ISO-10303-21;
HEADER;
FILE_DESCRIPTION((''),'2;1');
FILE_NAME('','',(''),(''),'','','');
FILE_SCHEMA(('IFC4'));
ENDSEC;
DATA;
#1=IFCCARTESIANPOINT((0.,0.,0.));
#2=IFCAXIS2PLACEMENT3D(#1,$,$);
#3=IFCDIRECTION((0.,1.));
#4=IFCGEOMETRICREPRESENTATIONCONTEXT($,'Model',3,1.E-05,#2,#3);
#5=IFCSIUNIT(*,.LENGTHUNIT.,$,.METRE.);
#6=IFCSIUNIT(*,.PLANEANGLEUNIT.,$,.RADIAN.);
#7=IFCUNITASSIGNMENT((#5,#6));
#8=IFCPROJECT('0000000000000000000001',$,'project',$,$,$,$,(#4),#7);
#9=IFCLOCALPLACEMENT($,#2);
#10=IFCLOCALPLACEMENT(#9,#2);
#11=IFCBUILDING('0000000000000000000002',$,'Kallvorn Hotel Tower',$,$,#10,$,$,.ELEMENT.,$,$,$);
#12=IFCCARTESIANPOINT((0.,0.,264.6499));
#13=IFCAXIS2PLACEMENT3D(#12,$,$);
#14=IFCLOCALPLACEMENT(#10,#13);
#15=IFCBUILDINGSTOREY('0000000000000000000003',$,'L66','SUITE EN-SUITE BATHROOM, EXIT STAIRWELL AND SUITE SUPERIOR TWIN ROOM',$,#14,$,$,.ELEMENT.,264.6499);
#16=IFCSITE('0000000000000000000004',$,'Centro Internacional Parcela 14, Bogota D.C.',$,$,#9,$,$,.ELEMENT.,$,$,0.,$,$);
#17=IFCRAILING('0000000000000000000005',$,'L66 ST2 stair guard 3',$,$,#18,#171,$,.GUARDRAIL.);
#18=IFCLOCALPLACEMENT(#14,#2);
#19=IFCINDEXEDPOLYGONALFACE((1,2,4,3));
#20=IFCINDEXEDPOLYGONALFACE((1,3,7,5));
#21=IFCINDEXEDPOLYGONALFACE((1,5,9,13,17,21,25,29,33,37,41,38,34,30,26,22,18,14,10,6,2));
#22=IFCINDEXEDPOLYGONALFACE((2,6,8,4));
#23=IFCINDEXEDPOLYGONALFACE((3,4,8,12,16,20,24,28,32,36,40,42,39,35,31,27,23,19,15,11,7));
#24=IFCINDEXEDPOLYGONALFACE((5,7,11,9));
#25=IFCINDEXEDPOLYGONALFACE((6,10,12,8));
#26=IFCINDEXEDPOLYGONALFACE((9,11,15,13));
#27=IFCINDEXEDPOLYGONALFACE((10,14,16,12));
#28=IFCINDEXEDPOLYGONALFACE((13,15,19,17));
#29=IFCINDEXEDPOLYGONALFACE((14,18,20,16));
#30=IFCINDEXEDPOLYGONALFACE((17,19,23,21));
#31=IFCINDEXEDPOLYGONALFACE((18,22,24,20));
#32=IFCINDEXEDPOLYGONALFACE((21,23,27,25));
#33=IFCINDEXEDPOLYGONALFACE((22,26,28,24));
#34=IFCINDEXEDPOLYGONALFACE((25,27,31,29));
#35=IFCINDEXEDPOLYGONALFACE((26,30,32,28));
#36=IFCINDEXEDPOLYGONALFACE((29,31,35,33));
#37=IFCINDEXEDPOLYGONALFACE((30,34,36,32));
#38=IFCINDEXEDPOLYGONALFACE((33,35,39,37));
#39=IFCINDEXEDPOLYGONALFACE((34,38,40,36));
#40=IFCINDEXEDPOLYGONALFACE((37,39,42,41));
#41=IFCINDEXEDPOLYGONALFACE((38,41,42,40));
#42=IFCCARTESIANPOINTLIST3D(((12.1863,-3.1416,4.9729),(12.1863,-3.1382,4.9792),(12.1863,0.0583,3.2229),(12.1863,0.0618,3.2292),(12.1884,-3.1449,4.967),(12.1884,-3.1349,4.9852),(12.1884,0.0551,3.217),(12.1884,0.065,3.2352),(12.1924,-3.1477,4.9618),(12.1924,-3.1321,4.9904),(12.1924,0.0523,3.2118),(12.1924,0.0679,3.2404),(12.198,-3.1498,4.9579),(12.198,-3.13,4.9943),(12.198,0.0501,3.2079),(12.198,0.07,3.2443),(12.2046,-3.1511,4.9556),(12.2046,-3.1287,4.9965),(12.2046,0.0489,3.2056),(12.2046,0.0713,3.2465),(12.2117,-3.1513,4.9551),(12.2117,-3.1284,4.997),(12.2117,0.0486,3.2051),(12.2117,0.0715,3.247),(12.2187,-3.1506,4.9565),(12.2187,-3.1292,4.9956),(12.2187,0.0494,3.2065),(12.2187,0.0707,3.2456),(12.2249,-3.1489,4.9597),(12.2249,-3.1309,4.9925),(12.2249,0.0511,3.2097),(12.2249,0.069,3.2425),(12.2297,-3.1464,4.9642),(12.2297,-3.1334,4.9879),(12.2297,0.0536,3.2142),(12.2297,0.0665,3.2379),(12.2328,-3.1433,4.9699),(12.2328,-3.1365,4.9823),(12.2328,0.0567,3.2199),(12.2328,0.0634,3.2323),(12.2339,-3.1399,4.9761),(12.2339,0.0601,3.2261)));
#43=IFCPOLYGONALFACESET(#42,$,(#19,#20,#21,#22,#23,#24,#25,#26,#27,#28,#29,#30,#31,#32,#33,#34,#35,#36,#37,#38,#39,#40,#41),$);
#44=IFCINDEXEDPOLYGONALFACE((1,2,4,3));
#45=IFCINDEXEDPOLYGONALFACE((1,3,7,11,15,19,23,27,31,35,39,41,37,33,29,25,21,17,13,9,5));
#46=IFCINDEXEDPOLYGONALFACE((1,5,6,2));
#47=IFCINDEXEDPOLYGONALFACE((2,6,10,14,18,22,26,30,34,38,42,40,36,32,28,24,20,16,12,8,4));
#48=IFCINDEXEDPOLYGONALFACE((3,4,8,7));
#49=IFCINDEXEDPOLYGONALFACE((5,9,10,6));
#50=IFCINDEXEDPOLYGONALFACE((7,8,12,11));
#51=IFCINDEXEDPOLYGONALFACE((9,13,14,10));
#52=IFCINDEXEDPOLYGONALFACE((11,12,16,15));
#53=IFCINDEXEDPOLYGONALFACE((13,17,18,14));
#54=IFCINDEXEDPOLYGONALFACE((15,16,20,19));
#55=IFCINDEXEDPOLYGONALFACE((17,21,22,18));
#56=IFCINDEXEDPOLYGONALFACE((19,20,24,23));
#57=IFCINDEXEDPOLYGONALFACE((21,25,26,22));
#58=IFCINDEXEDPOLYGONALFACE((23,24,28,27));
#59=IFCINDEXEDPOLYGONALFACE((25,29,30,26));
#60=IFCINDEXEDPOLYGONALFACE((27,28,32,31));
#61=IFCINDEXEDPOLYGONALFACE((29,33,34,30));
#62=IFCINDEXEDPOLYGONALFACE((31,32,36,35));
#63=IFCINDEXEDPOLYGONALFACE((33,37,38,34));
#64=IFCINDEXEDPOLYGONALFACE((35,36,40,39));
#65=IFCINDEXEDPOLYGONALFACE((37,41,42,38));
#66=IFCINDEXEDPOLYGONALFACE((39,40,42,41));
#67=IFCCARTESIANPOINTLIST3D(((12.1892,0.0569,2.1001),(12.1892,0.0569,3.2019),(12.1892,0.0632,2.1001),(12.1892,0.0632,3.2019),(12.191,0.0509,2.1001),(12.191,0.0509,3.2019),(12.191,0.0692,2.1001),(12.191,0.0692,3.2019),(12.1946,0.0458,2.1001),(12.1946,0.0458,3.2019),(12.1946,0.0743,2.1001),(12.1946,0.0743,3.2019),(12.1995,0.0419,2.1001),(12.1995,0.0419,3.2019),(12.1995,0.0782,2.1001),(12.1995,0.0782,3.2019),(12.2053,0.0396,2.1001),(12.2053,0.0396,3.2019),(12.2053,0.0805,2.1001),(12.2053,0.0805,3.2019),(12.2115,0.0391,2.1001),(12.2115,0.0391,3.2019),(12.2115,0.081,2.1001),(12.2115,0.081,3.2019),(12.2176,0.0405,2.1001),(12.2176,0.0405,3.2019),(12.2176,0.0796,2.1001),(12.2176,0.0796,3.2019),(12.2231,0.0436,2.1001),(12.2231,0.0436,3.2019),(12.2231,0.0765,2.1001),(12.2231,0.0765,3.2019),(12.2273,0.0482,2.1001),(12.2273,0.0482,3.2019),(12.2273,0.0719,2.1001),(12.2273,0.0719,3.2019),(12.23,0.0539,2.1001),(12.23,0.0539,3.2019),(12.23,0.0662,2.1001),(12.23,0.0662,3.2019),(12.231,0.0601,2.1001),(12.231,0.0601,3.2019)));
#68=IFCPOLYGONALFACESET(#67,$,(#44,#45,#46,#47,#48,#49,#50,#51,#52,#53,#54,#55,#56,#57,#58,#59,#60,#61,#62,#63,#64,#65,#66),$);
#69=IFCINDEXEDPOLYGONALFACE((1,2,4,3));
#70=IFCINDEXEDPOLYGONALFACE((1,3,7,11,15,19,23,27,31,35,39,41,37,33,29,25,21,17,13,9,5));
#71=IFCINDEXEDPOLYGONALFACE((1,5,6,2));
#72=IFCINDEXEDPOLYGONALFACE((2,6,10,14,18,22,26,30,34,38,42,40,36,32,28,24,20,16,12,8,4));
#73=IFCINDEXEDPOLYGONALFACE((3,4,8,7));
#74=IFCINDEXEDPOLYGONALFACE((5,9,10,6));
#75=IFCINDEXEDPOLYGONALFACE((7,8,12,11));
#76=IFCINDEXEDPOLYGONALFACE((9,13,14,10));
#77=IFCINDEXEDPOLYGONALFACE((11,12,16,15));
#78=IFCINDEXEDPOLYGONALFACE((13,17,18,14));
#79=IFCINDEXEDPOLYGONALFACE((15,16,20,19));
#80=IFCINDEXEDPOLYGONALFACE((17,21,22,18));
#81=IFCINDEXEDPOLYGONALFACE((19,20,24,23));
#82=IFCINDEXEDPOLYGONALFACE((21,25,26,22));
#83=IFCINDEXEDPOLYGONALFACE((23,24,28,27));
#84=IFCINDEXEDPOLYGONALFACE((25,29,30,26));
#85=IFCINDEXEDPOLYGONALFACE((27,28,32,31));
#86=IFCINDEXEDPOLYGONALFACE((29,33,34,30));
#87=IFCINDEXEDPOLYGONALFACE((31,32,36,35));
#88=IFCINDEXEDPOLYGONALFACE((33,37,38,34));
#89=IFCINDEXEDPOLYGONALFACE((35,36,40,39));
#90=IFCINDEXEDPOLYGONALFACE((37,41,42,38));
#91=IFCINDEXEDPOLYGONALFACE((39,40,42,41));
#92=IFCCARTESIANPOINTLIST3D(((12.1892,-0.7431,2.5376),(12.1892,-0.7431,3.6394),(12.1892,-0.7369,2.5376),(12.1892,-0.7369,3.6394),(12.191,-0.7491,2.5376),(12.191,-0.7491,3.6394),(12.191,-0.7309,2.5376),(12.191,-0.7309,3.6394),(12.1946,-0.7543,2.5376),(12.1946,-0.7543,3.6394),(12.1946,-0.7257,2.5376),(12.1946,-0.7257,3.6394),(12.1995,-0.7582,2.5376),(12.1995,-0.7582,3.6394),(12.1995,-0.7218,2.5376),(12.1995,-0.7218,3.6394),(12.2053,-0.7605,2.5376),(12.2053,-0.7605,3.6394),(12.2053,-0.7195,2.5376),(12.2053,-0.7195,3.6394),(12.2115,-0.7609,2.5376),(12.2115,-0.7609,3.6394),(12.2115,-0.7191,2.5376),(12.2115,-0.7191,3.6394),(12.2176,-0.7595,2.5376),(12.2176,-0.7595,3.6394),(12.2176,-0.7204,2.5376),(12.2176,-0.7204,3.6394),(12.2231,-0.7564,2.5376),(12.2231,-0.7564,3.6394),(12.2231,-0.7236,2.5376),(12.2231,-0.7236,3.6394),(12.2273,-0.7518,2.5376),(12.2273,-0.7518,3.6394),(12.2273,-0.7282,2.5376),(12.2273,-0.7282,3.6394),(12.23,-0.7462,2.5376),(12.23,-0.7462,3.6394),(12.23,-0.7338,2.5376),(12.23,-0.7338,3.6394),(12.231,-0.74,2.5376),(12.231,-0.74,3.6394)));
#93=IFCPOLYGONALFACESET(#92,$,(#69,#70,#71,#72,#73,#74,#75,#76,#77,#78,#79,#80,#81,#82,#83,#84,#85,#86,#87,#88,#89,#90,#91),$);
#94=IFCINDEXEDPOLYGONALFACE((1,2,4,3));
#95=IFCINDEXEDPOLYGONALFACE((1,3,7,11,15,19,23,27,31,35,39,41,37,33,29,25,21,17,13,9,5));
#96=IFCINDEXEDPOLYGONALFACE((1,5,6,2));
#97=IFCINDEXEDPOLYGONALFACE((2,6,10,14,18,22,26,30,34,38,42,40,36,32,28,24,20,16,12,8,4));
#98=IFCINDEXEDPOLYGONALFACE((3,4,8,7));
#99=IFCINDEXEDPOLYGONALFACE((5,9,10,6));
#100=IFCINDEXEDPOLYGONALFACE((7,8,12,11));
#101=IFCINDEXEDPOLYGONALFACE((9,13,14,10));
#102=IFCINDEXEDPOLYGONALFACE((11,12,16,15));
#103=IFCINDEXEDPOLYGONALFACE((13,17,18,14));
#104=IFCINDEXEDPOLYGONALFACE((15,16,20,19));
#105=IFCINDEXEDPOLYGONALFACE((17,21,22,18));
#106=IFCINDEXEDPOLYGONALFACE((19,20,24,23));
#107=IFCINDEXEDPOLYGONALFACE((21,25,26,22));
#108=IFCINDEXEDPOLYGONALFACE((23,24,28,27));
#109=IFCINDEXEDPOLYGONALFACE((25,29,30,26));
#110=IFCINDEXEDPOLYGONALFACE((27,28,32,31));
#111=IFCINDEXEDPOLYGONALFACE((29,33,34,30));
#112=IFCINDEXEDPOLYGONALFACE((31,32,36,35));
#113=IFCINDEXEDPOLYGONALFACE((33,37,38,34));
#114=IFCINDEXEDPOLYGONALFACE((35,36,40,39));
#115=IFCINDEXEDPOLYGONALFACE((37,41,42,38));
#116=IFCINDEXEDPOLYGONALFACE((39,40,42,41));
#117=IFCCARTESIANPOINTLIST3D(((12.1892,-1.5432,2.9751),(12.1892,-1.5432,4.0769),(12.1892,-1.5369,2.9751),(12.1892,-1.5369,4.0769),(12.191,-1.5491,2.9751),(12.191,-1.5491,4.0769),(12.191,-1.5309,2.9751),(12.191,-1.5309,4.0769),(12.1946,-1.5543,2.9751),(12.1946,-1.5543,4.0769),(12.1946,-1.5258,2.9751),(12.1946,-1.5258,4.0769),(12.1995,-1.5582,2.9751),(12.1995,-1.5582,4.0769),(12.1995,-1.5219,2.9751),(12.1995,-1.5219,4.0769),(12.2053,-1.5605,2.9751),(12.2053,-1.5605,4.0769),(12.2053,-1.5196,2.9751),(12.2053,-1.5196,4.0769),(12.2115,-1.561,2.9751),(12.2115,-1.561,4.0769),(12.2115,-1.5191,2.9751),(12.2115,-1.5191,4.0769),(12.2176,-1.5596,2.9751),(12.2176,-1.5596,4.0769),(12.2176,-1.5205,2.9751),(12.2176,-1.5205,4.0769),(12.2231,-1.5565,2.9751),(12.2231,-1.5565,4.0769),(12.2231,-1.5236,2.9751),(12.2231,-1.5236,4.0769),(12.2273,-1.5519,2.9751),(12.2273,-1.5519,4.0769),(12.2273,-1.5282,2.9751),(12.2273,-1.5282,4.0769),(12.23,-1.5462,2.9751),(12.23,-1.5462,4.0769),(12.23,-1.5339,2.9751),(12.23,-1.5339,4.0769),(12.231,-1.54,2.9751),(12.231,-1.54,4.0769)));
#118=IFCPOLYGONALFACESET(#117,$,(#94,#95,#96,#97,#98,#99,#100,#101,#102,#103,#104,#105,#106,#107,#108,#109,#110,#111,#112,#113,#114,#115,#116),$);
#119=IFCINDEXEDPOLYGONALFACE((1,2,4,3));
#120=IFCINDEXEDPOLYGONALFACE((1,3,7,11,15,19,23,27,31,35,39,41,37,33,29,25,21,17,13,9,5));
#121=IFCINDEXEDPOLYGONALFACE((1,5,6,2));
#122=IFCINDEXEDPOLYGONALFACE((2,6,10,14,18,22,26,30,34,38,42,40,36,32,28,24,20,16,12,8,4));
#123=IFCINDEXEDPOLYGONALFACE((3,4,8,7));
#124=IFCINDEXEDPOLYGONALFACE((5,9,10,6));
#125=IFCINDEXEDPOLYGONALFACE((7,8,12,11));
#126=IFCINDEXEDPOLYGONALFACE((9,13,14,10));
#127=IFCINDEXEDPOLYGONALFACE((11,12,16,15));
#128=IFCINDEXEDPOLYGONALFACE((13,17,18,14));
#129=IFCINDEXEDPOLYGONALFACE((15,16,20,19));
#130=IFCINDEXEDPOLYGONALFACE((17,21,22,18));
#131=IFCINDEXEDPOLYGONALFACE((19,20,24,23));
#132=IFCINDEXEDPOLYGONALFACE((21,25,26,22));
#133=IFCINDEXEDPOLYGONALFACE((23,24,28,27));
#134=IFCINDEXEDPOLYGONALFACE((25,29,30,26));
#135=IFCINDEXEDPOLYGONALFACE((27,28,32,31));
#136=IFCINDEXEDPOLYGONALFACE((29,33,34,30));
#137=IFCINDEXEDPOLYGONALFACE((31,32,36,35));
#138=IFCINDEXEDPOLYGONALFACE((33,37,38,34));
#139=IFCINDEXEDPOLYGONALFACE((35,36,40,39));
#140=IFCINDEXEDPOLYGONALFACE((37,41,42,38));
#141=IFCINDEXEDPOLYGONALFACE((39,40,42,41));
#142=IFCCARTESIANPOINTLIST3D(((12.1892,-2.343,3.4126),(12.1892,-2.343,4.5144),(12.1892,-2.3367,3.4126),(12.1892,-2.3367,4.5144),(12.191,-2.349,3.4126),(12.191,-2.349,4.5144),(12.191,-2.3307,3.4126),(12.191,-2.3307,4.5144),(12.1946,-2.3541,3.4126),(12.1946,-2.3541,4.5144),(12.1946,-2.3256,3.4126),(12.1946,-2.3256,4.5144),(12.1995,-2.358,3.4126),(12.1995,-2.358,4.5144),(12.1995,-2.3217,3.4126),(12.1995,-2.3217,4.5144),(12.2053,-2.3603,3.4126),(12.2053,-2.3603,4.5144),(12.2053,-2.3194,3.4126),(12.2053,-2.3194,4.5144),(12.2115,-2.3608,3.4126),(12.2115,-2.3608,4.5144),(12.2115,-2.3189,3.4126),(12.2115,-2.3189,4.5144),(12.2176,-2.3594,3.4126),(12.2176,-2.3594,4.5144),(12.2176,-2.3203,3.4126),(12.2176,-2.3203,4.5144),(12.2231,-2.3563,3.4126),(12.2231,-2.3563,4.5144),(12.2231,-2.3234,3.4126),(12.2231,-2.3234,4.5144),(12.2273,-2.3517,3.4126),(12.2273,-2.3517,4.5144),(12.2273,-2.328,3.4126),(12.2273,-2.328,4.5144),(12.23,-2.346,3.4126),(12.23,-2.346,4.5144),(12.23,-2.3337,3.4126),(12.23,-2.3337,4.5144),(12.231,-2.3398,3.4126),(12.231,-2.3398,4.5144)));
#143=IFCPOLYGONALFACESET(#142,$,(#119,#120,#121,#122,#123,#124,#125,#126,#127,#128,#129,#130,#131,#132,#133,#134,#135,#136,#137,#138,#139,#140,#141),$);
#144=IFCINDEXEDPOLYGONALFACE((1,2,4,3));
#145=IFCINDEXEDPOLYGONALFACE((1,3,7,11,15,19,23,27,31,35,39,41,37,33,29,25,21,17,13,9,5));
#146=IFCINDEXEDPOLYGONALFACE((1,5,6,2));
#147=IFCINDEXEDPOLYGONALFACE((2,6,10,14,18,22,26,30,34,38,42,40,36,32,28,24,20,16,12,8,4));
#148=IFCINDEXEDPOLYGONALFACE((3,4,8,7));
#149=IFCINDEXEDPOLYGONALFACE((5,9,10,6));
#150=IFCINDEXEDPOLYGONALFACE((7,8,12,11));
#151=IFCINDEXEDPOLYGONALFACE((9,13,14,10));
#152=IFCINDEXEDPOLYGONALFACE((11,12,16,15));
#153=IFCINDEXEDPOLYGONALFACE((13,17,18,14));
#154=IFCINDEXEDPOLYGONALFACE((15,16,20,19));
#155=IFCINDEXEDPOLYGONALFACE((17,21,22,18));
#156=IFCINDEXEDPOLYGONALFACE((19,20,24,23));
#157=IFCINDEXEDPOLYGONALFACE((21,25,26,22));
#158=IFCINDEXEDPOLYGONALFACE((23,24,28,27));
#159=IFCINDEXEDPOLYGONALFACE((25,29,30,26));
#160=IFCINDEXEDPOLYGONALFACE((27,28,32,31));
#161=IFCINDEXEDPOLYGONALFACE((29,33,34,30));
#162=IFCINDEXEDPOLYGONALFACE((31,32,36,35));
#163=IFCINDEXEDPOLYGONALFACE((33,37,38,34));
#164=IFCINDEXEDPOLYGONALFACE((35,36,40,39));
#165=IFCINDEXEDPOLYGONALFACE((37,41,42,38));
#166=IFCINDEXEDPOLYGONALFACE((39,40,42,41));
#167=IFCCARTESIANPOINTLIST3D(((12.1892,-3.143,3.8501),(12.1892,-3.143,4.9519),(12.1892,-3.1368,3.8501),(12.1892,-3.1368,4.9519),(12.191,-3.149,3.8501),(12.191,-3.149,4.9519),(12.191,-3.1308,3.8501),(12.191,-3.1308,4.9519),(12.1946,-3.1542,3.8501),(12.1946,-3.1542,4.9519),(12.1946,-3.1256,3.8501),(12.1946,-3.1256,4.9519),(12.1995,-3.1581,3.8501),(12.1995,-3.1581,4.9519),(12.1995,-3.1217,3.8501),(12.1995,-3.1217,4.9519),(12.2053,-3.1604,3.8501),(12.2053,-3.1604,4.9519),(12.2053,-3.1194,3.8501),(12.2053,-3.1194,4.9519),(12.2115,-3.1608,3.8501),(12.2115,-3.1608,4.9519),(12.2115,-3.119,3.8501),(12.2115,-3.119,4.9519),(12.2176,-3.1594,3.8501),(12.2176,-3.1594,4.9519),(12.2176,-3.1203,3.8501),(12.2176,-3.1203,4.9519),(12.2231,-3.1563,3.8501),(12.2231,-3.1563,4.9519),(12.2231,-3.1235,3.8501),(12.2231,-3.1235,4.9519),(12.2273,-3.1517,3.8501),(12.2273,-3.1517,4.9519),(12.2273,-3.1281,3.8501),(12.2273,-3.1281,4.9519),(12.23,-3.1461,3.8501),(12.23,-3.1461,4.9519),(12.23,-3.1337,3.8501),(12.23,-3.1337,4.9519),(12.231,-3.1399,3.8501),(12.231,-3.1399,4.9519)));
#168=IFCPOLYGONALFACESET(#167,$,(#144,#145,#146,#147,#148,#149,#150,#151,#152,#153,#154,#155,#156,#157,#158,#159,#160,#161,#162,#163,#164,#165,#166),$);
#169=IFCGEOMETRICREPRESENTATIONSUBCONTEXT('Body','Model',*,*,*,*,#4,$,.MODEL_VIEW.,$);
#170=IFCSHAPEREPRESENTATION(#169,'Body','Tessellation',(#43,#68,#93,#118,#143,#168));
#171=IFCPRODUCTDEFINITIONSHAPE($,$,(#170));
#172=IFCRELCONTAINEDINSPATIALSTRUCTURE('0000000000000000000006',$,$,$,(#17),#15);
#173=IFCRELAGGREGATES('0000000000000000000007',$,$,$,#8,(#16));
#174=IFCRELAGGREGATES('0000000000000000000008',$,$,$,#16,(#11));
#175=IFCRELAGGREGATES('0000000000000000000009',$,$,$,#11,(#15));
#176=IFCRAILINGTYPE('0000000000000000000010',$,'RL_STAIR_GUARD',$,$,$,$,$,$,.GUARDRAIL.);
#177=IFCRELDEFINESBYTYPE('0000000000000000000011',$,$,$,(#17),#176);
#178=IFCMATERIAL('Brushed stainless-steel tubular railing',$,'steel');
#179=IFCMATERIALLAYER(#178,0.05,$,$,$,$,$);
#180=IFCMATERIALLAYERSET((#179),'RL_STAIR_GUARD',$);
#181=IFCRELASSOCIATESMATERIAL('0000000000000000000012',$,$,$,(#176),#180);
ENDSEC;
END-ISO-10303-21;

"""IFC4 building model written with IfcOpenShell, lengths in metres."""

from ifc_helpers import new_model, si_unit, direction, frame, origin, origin_2d, place, context, subcontext, project, spatial, circle, extrude, material, layer, layer_set, type_object, element, save


model = new_model("IFC4")

# Units and contexts
model_context = context("Model", 3, precision=1e-05, world=origin(), true_north=direction((0.0, 1.0)))
body_context = subcontext(model_context, "Body", "Model", "MODEL_VIEW")
ifc_project = project(units=[si_unit("LENGTHUNIT", "METRE"), si_unit("PLANEANGLEUNIT", "RADIAN")], contexts=[model_context])

# Site, building, storey
site_placement = place(None, origin())
site = spatial("IfcSite", under=ifc_project, at=site_placement, Name="Centro Internacional Parcela 14, Bogota D.C.", CompositionType="ELEMENT", RefElevation=0.0)
building_placement = place(site_placement, origin())
building = spatial("IfcBuilding", under=site, at=building_placement, Name="Kallvorn Hotel Tower", CompositionType="ELEMENT")
storey_placement = place(building_placement, frame((0.0, 0.0, 264.6499)))
storey = spatial("IfcBuildingStorey", under=building, at=storey_placement, Name="L66", Description="SUITE EN-SUITE BATHROOM, EXIT STAIRWELL AND SUITE SUPERIOR TWIN ROOM", CompositionType="ELEMENT", Elevation=264.6499)

# Railing
ifc_material_1 = material(Name="Brushed stainless-steel tubular railing", Category="steel")
ifc_layer_1 = layer(ifc_material_1, 0.05)
ifc_layer_set_1 = layer_set([ifc_layer_1], Name="RL_STAIR_GUARD")
railing_type_1 = type_object("IfcRailingType", Name="RL_STAIR_GUARD", PredefinedType="GUARDRAIL", material=ifc_layer_set_1)
railing_1_placement = place(storey_placement, frame((12.21, 0.0601, 2.1001)))
element("IfcRailing", 1, at=railing_1_placement, inside=storey, type_object=railing_type_1, Name="L66 ST2 stair guard 3", PredefinedType="GUARDRAIL", context=body_context, shape_type="SweptSolid", body=[
    extrude(circle(Radius=0.0239, at=origin_2d()), frame((0.0, 0.0, 1.126), z_axis=(0.0, -0.877368, 0.479818), x_axis=(1.0, 0.0, 0.0)), (0.0, 0.0, 1.0), 3.6472),
    extrude(circle(Radius=0.021, at=origin_2d()), origin(), (0.0, 0.0, 1.0), 1.1018),
    extrude(circle(Radius=0.021, at=origin_2d()), frame((0.0, -0.8, 0.4375)), (0.0, 0.0, 1.0), 1.1018),
    extrude(circle(Radius=0.021, at=origin_2d()), frame((0.0, -1.6001, 0.875)), (0.0, 0.0, 1.0), 1.1018),
    extrude(circle(Radius=0.021, at=origin_2d()), frame((0.0, -2.3999, 1.3125)), (0.0, 0.0, 1.0), 1.1018),
    extrude(circle(Radius=0.021, at=origin_2d()), frame((0.0, -3.2, 1.75)), (0.0, 0.0, 1.0), 1.1018),
])

save(model, "model.ifc")
